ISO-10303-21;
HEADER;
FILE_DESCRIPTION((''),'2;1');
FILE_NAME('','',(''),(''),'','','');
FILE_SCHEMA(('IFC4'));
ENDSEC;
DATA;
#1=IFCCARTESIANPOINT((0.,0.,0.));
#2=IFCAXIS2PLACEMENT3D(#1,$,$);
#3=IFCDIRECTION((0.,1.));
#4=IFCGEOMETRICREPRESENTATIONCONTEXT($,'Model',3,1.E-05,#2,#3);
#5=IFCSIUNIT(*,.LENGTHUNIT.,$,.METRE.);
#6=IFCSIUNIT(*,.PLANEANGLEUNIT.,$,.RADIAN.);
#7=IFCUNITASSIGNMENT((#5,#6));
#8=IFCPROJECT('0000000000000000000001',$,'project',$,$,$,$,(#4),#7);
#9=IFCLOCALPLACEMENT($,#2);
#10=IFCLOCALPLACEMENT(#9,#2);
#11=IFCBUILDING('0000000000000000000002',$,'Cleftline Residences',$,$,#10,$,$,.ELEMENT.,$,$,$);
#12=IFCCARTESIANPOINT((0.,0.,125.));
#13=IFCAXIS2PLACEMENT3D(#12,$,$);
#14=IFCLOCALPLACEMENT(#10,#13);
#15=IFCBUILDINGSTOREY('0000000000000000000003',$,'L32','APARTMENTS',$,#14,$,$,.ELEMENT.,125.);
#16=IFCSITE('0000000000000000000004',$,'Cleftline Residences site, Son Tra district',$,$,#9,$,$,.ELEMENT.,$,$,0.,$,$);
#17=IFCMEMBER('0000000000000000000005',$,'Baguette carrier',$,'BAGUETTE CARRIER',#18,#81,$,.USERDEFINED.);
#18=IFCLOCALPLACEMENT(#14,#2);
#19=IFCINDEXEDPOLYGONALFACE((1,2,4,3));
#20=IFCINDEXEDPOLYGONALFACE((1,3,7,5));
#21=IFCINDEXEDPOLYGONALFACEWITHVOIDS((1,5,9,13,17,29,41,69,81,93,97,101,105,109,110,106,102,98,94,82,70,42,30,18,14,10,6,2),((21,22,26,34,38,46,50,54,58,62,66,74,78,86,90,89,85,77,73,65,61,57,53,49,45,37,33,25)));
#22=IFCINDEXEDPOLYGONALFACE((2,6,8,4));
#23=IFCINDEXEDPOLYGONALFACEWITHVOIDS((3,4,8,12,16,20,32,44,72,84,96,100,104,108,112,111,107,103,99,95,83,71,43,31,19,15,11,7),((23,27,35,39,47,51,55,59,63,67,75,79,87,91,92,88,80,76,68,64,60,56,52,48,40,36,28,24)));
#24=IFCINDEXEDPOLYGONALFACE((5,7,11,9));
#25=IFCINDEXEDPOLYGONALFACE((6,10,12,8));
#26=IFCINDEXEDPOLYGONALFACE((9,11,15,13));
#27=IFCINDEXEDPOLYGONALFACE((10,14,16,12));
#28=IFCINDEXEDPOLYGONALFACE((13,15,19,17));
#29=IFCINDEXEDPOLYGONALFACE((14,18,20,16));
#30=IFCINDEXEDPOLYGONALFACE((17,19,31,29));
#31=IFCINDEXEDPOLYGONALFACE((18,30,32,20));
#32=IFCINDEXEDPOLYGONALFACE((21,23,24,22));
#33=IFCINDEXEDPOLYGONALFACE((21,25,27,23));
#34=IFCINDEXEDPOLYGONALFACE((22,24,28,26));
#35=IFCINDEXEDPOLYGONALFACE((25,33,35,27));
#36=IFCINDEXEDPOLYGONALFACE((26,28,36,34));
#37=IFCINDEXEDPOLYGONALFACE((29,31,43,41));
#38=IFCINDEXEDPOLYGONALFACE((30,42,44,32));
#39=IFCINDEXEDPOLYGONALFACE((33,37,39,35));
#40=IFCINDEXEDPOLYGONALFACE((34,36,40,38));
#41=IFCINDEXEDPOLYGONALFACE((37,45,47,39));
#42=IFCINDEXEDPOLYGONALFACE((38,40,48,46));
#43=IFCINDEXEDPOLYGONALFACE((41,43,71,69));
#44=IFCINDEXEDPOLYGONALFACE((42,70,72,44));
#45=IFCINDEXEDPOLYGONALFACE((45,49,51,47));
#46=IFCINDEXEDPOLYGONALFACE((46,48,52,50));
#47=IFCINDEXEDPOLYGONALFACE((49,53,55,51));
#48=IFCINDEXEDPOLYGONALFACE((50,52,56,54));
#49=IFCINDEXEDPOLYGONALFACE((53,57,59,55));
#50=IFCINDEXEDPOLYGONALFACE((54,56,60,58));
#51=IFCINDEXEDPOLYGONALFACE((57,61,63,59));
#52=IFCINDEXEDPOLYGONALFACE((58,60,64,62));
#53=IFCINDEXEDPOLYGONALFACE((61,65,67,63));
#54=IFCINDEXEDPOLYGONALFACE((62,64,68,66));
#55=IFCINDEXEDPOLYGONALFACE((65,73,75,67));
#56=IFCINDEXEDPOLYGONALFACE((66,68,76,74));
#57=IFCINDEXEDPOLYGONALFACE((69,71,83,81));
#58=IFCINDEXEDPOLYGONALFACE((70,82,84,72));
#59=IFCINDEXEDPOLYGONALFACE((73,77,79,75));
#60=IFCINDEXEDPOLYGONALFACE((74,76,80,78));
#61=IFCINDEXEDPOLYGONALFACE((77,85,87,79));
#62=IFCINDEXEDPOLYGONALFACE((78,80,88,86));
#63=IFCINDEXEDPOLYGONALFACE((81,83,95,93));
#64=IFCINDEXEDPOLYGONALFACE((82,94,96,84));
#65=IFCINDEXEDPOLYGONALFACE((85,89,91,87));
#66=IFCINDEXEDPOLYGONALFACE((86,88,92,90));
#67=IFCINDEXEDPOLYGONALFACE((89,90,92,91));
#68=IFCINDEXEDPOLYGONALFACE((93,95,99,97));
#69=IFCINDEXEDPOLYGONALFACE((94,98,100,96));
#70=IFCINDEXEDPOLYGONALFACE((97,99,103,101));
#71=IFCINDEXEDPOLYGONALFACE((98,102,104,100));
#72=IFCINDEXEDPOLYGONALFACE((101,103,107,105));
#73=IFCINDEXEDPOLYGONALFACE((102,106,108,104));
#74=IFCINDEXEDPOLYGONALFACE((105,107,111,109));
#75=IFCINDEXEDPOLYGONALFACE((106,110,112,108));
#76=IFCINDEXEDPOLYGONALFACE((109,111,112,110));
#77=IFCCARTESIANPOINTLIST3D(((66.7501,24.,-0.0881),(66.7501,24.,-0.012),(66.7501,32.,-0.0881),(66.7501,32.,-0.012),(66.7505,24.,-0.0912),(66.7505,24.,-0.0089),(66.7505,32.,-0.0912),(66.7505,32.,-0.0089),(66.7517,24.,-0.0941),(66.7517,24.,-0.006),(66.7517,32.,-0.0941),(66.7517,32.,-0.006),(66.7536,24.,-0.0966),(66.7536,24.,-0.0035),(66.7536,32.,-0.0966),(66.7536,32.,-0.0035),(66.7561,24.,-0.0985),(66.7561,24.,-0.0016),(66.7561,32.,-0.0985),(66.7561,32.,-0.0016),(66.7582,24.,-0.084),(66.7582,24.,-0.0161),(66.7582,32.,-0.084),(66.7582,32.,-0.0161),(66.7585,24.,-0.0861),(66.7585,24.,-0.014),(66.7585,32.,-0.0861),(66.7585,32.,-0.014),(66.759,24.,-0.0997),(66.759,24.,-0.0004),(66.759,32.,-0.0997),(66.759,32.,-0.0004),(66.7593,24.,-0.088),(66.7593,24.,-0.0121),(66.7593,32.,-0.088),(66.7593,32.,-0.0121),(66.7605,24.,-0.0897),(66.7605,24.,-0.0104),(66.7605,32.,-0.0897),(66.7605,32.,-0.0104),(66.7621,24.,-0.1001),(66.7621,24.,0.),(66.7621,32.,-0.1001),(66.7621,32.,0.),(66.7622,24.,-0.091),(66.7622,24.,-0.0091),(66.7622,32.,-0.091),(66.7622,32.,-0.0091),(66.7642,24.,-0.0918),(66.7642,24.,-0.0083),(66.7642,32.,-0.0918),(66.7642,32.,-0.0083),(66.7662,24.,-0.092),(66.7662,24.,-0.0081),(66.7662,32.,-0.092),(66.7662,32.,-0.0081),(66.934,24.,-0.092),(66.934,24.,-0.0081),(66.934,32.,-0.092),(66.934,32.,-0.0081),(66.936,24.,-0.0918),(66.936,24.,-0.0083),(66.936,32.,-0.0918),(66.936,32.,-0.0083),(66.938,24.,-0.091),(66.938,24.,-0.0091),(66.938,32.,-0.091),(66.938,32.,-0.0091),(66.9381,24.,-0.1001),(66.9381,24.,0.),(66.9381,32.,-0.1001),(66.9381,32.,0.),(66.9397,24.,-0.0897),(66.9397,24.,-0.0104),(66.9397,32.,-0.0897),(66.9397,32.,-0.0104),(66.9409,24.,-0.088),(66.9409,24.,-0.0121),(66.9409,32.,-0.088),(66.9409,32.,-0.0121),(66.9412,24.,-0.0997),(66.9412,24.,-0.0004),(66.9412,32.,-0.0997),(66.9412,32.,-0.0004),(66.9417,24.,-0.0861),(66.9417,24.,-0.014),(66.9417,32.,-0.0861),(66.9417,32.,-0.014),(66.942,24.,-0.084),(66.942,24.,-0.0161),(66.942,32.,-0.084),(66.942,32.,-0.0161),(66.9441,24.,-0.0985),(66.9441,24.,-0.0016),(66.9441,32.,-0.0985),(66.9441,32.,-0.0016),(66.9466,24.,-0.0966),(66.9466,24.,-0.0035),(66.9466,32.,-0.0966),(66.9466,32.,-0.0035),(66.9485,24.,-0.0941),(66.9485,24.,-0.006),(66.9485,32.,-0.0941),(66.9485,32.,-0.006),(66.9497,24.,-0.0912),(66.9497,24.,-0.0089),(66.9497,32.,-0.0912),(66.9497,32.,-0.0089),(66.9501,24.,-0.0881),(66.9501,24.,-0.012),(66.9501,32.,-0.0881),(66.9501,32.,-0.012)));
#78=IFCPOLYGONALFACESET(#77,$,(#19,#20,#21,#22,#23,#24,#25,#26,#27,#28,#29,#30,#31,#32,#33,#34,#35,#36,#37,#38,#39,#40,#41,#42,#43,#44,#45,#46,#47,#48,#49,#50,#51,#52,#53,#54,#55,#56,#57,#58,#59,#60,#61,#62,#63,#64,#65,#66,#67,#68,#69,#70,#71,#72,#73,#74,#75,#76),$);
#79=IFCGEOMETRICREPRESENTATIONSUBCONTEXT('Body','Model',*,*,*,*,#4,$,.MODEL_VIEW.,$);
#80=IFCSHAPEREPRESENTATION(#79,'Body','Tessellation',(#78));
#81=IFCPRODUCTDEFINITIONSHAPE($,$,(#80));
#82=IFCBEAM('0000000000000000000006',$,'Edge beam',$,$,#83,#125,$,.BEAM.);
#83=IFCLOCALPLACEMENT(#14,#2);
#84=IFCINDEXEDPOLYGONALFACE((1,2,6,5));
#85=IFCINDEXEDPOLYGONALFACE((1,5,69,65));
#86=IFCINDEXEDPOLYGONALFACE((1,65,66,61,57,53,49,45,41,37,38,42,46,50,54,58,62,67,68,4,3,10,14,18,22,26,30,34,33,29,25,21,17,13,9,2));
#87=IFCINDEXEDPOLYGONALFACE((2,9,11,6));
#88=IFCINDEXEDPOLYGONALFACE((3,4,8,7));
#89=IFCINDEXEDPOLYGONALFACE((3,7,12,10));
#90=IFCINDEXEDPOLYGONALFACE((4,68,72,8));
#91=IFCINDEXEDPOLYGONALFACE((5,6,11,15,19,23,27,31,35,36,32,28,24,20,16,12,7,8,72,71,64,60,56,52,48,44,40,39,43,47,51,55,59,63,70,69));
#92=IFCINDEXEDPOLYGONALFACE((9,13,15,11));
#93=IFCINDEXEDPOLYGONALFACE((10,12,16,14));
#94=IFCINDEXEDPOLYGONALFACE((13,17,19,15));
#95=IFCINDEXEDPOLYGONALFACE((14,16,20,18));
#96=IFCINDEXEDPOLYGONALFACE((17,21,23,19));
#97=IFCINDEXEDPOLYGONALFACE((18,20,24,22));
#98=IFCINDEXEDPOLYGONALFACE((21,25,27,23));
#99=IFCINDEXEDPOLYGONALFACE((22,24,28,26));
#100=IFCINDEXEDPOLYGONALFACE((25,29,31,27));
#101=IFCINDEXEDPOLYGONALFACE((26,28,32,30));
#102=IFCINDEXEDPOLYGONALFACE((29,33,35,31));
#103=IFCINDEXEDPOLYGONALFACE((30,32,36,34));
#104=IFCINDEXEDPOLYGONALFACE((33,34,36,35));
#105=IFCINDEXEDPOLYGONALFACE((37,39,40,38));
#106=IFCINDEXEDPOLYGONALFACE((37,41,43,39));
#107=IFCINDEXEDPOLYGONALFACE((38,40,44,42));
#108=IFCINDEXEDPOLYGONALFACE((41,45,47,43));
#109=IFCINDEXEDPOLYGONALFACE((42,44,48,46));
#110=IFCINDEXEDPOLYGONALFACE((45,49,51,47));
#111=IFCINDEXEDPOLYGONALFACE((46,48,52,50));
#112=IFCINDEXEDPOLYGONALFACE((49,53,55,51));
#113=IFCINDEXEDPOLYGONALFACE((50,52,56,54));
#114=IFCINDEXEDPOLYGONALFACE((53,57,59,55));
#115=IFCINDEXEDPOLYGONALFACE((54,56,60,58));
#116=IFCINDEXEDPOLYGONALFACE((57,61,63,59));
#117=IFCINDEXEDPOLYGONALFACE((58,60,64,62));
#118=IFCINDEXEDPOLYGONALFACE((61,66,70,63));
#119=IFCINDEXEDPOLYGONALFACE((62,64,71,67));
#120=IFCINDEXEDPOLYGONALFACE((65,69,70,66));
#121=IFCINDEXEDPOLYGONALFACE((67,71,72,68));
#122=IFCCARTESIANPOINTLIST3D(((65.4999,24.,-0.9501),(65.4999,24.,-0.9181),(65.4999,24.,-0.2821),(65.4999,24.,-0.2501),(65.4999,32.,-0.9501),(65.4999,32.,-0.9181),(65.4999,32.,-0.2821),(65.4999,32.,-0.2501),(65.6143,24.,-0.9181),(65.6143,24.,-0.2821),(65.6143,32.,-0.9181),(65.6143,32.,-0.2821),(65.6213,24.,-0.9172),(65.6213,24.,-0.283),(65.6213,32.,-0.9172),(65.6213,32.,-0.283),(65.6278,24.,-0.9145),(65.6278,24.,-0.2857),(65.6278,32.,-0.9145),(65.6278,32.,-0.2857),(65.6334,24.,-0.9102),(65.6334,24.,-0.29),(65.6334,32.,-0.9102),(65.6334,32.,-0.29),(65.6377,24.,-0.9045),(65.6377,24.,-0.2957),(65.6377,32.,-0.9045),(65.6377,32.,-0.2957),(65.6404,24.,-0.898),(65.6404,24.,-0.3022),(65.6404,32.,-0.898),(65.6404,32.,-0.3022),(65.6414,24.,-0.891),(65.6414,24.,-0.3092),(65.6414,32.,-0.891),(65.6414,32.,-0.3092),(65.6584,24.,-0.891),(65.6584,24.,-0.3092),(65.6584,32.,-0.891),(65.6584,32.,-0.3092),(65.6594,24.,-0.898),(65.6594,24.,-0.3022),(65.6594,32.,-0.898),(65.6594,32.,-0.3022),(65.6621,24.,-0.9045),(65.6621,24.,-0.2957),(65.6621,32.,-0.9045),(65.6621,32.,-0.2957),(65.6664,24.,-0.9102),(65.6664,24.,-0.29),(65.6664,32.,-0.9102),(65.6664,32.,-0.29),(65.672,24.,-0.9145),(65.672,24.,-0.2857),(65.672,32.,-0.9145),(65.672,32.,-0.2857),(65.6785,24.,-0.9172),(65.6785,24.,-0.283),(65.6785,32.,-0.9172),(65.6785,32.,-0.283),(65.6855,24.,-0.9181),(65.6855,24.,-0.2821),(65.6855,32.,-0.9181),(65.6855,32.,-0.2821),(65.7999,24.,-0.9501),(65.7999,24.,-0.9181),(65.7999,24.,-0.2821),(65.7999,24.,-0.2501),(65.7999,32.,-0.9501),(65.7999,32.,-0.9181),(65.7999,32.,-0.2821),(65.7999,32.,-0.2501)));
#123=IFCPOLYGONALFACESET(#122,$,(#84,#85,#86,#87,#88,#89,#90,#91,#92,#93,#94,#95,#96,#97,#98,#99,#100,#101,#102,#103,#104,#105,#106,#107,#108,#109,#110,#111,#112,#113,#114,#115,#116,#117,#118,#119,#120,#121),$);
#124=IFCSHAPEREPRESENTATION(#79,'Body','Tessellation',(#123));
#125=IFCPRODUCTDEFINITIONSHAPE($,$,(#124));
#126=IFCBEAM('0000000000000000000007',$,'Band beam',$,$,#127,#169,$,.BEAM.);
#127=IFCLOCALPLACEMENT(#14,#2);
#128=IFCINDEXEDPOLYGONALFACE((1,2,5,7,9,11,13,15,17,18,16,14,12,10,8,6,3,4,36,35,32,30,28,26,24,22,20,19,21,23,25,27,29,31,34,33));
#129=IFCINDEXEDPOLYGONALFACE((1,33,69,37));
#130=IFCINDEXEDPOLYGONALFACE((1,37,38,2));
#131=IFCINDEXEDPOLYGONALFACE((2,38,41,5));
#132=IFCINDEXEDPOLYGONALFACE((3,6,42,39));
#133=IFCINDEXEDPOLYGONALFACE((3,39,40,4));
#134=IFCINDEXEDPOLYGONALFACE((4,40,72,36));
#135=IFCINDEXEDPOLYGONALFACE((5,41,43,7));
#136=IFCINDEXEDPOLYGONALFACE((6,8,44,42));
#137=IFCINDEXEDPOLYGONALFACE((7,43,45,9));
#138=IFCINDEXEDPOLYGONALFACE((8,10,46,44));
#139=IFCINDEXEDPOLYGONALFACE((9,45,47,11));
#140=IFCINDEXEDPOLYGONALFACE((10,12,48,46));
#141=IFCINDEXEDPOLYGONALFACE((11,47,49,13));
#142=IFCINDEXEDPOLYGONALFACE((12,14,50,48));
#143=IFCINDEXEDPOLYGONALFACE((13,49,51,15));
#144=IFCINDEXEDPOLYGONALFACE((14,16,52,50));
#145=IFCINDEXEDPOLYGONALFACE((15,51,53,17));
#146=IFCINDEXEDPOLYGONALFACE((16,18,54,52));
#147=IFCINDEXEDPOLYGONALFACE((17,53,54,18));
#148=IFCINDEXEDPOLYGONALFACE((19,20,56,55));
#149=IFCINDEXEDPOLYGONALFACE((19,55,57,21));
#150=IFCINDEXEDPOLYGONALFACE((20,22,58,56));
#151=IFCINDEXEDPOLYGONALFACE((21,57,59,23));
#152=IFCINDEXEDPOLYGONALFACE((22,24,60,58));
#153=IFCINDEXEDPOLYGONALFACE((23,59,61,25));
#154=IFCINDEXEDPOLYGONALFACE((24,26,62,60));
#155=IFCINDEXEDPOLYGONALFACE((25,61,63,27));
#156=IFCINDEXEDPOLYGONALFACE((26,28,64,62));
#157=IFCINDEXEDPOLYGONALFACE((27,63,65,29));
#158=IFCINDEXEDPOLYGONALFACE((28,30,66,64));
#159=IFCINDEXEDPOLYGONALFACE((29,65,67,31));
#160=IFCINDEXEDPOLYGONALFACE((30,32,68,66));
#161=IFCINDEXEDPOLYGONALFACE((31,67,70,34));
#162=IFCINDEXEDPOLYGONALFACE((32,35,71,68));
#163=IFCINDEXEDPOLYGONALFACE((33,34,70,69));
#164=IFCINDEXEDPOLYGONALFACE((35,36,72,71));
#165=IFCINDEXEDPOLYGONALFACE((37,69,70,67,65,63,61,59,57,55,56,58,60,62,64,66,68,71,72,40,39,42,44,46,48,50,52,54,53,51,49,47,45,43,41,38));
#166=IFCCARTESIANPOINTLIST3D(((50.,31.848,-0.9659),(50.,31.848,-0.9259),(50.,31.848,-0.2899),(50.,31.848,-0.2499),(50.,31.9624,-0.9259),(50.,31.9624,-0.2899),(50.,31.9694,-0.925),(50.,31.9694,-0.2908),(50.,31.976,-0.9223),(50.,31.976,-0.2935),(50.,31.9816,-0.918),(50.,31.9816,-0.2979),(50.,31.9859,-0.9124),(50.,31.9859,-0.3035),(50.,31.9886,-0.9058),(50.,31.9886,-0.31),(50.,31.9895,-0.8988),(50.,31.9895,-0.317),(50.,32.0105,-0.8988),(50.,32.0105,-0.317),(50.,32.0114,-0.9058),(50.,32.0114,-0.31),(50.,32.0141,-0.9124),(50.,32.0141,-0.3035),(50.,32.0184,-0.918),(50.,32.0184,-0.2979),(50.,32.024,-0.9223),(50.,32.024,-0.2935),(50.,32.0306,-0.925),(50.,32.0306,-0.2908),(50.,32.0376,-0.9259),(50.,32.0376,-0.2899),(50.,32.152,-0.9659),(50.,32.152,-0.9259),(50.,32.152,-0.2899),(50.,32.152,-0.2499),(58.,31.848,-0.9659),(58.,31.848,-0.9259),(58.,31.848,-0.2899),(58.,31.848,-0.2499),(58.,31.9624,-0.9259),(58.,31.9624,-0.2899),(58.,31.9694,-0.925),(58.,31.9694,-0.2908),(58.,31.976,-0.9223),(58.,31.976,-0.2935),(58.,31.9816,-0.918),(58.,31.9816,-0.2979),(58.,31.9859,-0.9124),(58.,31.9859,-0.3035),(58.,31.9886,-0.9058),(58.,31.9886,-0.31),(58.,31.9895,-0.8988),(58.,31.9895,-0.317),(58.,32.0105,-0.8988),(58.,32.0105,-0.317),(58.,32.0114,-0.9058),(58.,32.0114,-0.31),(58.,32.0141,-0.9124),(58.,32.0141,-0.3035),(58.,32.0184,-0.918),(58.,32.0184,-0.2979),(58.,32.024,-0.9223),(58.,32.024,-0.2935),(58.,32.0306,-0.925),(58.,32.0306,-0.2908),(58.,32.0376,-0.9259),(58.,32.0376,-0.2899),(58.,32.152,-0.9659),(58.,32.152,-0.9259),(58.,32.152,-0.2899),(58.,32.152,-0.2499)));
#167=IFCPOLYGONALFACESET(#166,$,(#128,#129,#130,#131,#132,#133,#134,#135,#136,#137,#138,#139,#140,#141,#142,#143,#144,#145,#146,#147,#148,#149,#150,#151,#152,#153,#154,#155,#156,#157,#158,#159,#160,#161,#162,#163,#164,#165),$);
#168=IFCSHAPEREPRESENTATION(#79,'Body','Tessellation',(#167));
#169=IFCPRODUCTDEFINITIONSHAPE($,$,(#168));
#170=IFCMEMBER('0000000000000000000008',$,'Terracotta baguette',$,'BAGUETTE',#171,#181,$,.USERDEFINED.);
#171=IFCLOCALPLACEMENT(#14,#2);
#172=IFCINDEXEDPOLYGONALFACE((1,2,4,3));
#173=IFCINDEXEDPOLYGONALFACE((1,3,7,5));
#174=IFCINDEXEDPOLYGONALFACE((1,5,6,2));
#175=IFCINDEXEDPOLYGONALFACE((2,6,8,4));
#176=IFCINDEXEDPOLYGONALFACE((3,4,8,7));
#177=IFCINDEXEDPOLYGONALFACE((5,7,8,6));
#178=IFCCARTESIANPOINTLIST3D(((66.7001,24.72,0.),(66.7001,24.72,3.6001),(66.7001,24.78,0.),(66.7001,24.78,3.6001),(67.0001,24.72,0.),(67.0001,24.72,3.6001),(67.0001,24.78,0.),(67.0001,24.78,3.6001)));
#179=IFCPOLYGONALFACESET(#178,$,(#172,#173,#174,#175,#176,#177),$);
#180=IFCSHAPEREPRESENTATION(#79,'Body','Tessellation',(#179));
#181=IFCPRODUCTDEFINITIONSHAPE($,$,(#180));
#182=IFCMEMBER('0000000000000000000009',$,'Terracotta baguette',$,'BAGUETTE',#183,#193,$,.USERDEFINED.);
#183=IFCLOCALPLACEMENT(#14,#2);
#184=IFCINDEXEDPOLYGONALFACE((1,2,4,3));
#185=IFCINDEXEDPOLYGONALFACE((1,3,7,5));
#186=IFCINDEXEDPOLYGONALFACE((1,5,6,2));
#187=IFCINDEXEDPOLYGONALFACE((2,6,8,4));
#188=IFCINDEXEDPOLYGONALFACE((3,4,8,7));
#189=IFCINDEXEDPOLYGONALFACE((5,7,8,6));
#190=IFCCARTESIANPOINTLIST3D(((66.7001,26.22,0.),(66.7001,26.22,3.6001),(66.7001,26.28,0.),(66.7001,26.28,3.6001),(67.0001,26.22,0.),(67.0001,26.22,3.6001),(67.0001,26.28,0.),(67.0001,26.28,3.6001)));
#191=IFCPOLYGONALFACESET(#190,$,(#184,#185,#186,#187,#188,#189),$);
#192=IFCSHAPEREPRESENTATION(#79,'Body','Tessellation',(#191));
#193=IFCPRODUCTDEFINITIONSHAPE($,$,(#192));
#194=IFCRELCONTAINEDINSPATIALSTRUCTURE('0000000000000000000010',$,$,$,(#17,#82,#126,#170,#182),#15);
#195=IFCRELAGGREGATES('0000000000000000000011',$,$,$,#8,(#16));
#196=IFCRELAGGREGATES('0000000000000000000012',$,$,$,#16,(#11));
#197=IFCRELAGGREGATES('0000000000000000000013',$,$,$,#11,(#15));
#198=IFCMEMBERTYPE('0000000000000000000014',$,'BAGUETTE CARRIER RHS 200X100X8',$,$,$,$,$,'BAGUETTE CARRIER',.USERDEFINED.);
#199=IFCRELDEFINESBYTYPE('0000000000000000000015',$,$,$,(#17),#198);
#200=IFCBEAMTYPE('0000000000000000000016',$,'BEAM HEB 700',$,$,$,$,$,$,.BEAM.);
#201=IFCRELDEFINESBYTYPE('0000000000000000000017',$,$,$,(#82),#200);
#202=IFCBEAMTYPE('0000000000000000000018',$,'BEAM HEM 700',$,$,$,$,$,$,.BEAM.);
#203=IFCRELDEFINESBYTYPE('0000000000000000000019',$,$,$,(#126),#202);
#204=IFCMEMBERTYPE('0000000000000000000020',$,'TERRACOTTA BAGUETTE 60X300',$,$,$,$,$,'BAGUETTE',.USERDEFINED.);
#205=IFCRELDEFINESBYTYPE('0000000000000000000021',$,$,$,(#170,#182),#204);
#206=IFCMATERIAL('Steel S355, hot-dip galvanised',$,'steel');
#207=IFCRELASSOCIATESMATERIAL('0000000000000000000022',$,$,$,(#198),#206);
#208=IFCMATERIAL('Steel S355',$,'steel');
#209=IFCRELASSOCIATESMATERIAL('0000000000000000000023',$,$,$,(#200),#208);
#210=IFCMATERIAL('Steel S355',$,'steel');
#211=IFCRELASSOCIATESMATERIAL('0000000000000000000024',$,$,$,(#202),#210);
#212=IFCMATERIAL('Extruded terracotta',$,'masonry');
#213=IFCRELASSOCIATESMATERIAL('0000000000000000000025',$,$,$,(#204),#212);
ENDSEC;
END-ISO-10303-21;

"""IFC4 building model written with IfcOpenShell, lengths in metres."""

from ifc_helpers import new_model, si_unit, direction, frame, origin, origin_2d, place, context, subcontext, project, spatial, rectangle, hollow_rectangle, i_section, extrude, material, material_profile, profile_set, type_object, element, save


model = new_model("IFC4")

# Units and contexts
model_context = context("Model", 3, precision=1e-05, world=origin(), true_north=direction((0.0, 1.0)))
body_context = subcontext(model_context, "Body", "Model", "MODEL_VIEW")
ifc_project = project(units=[si_unit("LENGTHUNIT", "METRE"), si_unit("PLANEANGLEUNIT", "RADIAN")], contexts=[model_context])

# Site, building, storey
site_placement = place(None, origin())
site = spatial("IfcSite", under=ifc_project, at=site_placement, Name="Cleftline Residences site, Son Tra district", CompositionType="ELEMENT", RefElevation=0.0)
building_placement = place(site_placement, origin())
building = spatial("IfcBuilding", under=site, at=building_placement, Name="Cleftline Residences", CompositionType="ELEMENT")
storey_placement = place(building_placement, frame((0.0, 0.0, 125.0)))
storey = spatial("IfcBuildingStorey", under=building, at=storey_placement, Name="L32", Description="APARTMENTS", CompositionType="ELEMENT", Elevation=125.0)

# Member
ifc_material_1 = material(Name="Steel S355, hot-dip galvanised", Category="steel")
ifc_material_profile_1 = material_profile(ifc_material_1, hollow_rectangle(XDim=0.1001, YDim=0.2, WallThickness=0.0081, InnerFilletRadius=0.0081, OuterFilletRadius=0.012, at=origin_2d()))
ifc_profile_set_1 = profile_set([ifc_material_profile_1], Name="Steel S355, hot-dip galvanised")
member_type_1 = type_object("IfcMemberType", Name="BAGUETTE CARRIER RHS 200X100X8", ElementType="BAGUETTE CARRIER", PredefinedType="USERDEFINED", material=ifc_profile_set_1)
member_1_placement = place(storey_placement, frame((66.8501, 24.0, -0.05), z_axis=(0.0, 1.0, 0.0), x_axis=(0.0, 0.0, 1.0)))
element("IfcMember", 1, at=member_1_placement, inside=storey, type_object=member_type_1, Name="Baguette carrier", ObjectType="BAGUETTE CARRIER", PredefinedType="USERDEFINED", context=body_context, shape_type="SweptSolid", body=[
    extrude(hollow_rectangle(XDim=0.1001, YDim=0.2, WallThickness=0.0081, InnerFilletRadius=0.0081, OuterFilletRadius=0.012, at=origin_2d()), origin(), (0.0, 0.0, 1.0), 8.0),
])

# Beams
ifc_material_2 = material(Name="Steel S355", Category="steel")
ifc_material_profile_2 = material_profile(ifc_material_2, i_section(OverallWidth=0.3, OverallDepth=0.7, WebThickness=0.0171, FlangeThickness=0.032, FilletRadius=0.0271, at=origin_2d()))
ifc_profile_set_2 = profile_set([ifc_material_profile_2], Name="Steel S355")
beam_type_1 = type_object("IfcBeamType", Name="BEAM HEB 700", PredefinedType="BEAM", material=ifc_profile_set_2)
beam_1_placement = place(storey_placement, frame((65.6499, 24.0, -0.6001), z_axis=(0.0, 1.0, 0.0), x_axis=(-1.0, 0.0, 0.0)))
element("IfcBeam", 2, at=beam_1_placement, inside=storey, type_object=beam_type_1, Name="Edge beam", PredefinedType="BEAM", context=body_context, shape_type="SweptSolid", body=[
    extrude(i_section(OverallWidth=0.3, OverallDepth=0.7, WebThickness=0.0171, FlangeThickness=0.032, FilletRadius=0.0271, at=origin_2d()), origin(), (0.0, 0.0, 1.0), 8.0),
])
ifc_material_3 = material(Name="Steel S355", Category="steel")
ifc_material_profile_3 = material_profile(ifc_material_3, i_section(OverallWidth=0.304, OverallDepth=0.7161, WebThickness=0.021, FlangeThickness=0.04, FilletRadius=0.0271, at=origin_2d()))
ifc_profile_set_3 = profile_set([ifc_material_profile_3], Name="Steel S355")
beam_type_2 = type_object("IfcBeamType", Name="BEAM HEM 700", PredefinedType="BEAM", material=ifc_profile_set_3)
beam_2_placement = place(storey_placement, frame((58.0, 32.0, -0.6079), z_axis=(-1.0, 0.0, 0.0), x_axis=(0.0, -1.0, 0.0)))
element("IfcBeam", 3, at=beam_2_placement, inside=storey, type_object=beam_type_2, Name="Band beam", PredefinedType="BEAM", context=body_context, shape_type="SweptSolid", body=[
    extrude(i_section(OverallWidth=0.304, OverallDepth=0.7161, WebThickness=0.021, FlangeThickness=0.04, FilletRadius=0.0271, at=origin_2d()), origin(), (0.0, 0.0, 1.0), 8.0),
])

# Members
ifc_material_4 = material(Name="Extruded terracotta", Category="masonry")
ifc_material_profile_4 = material_profile(ifc_material_4, rectangle(XDim=0.0601, YDim=0.3, at=origin_2d()))
ifc_profile_set_4 = profile_set([ifc_material_profile_4], Name="Extruded terracotta")
member_type_2 = type_object("IfcMemberType", Name="TERRACOTTA BAGUETTE 60X300", ElementType="BAGUETTE", PredefinedType="USERDEFINED", material=ifc_profile_set_4)
for number, where, z_axis, x_axis, name in (
    (4, (66.8501, 24.75, 0.0), (0.0, 0.0, 1.0), (0.0, 1.0, 0.0), "Terracotta baguette"),
    (5, (66.8501, 26.25, 0.0), (0.0, 0.0, 1.0), (0.0, 1.0, 0.0), "Terracotta baguette"),
):
    element("IfcMember", number, at=place(storey_placement, frame(where, z_axis=z_axis, x_axis=x_axis)), inside=storey, type_object=member_type_2, Name=name, ObjectType="BAGUETTE", PredefinedType="USERDEFINED", context=body_context, shape_type="SweptSolid", body=[
        extrude(rectangle(XDim=0.0601, YDim=0.3, at=origin_2d()), origin(), (0.0, 0.0, 1.0), 3.6001),
    ])

save(model, "model.ifc")
